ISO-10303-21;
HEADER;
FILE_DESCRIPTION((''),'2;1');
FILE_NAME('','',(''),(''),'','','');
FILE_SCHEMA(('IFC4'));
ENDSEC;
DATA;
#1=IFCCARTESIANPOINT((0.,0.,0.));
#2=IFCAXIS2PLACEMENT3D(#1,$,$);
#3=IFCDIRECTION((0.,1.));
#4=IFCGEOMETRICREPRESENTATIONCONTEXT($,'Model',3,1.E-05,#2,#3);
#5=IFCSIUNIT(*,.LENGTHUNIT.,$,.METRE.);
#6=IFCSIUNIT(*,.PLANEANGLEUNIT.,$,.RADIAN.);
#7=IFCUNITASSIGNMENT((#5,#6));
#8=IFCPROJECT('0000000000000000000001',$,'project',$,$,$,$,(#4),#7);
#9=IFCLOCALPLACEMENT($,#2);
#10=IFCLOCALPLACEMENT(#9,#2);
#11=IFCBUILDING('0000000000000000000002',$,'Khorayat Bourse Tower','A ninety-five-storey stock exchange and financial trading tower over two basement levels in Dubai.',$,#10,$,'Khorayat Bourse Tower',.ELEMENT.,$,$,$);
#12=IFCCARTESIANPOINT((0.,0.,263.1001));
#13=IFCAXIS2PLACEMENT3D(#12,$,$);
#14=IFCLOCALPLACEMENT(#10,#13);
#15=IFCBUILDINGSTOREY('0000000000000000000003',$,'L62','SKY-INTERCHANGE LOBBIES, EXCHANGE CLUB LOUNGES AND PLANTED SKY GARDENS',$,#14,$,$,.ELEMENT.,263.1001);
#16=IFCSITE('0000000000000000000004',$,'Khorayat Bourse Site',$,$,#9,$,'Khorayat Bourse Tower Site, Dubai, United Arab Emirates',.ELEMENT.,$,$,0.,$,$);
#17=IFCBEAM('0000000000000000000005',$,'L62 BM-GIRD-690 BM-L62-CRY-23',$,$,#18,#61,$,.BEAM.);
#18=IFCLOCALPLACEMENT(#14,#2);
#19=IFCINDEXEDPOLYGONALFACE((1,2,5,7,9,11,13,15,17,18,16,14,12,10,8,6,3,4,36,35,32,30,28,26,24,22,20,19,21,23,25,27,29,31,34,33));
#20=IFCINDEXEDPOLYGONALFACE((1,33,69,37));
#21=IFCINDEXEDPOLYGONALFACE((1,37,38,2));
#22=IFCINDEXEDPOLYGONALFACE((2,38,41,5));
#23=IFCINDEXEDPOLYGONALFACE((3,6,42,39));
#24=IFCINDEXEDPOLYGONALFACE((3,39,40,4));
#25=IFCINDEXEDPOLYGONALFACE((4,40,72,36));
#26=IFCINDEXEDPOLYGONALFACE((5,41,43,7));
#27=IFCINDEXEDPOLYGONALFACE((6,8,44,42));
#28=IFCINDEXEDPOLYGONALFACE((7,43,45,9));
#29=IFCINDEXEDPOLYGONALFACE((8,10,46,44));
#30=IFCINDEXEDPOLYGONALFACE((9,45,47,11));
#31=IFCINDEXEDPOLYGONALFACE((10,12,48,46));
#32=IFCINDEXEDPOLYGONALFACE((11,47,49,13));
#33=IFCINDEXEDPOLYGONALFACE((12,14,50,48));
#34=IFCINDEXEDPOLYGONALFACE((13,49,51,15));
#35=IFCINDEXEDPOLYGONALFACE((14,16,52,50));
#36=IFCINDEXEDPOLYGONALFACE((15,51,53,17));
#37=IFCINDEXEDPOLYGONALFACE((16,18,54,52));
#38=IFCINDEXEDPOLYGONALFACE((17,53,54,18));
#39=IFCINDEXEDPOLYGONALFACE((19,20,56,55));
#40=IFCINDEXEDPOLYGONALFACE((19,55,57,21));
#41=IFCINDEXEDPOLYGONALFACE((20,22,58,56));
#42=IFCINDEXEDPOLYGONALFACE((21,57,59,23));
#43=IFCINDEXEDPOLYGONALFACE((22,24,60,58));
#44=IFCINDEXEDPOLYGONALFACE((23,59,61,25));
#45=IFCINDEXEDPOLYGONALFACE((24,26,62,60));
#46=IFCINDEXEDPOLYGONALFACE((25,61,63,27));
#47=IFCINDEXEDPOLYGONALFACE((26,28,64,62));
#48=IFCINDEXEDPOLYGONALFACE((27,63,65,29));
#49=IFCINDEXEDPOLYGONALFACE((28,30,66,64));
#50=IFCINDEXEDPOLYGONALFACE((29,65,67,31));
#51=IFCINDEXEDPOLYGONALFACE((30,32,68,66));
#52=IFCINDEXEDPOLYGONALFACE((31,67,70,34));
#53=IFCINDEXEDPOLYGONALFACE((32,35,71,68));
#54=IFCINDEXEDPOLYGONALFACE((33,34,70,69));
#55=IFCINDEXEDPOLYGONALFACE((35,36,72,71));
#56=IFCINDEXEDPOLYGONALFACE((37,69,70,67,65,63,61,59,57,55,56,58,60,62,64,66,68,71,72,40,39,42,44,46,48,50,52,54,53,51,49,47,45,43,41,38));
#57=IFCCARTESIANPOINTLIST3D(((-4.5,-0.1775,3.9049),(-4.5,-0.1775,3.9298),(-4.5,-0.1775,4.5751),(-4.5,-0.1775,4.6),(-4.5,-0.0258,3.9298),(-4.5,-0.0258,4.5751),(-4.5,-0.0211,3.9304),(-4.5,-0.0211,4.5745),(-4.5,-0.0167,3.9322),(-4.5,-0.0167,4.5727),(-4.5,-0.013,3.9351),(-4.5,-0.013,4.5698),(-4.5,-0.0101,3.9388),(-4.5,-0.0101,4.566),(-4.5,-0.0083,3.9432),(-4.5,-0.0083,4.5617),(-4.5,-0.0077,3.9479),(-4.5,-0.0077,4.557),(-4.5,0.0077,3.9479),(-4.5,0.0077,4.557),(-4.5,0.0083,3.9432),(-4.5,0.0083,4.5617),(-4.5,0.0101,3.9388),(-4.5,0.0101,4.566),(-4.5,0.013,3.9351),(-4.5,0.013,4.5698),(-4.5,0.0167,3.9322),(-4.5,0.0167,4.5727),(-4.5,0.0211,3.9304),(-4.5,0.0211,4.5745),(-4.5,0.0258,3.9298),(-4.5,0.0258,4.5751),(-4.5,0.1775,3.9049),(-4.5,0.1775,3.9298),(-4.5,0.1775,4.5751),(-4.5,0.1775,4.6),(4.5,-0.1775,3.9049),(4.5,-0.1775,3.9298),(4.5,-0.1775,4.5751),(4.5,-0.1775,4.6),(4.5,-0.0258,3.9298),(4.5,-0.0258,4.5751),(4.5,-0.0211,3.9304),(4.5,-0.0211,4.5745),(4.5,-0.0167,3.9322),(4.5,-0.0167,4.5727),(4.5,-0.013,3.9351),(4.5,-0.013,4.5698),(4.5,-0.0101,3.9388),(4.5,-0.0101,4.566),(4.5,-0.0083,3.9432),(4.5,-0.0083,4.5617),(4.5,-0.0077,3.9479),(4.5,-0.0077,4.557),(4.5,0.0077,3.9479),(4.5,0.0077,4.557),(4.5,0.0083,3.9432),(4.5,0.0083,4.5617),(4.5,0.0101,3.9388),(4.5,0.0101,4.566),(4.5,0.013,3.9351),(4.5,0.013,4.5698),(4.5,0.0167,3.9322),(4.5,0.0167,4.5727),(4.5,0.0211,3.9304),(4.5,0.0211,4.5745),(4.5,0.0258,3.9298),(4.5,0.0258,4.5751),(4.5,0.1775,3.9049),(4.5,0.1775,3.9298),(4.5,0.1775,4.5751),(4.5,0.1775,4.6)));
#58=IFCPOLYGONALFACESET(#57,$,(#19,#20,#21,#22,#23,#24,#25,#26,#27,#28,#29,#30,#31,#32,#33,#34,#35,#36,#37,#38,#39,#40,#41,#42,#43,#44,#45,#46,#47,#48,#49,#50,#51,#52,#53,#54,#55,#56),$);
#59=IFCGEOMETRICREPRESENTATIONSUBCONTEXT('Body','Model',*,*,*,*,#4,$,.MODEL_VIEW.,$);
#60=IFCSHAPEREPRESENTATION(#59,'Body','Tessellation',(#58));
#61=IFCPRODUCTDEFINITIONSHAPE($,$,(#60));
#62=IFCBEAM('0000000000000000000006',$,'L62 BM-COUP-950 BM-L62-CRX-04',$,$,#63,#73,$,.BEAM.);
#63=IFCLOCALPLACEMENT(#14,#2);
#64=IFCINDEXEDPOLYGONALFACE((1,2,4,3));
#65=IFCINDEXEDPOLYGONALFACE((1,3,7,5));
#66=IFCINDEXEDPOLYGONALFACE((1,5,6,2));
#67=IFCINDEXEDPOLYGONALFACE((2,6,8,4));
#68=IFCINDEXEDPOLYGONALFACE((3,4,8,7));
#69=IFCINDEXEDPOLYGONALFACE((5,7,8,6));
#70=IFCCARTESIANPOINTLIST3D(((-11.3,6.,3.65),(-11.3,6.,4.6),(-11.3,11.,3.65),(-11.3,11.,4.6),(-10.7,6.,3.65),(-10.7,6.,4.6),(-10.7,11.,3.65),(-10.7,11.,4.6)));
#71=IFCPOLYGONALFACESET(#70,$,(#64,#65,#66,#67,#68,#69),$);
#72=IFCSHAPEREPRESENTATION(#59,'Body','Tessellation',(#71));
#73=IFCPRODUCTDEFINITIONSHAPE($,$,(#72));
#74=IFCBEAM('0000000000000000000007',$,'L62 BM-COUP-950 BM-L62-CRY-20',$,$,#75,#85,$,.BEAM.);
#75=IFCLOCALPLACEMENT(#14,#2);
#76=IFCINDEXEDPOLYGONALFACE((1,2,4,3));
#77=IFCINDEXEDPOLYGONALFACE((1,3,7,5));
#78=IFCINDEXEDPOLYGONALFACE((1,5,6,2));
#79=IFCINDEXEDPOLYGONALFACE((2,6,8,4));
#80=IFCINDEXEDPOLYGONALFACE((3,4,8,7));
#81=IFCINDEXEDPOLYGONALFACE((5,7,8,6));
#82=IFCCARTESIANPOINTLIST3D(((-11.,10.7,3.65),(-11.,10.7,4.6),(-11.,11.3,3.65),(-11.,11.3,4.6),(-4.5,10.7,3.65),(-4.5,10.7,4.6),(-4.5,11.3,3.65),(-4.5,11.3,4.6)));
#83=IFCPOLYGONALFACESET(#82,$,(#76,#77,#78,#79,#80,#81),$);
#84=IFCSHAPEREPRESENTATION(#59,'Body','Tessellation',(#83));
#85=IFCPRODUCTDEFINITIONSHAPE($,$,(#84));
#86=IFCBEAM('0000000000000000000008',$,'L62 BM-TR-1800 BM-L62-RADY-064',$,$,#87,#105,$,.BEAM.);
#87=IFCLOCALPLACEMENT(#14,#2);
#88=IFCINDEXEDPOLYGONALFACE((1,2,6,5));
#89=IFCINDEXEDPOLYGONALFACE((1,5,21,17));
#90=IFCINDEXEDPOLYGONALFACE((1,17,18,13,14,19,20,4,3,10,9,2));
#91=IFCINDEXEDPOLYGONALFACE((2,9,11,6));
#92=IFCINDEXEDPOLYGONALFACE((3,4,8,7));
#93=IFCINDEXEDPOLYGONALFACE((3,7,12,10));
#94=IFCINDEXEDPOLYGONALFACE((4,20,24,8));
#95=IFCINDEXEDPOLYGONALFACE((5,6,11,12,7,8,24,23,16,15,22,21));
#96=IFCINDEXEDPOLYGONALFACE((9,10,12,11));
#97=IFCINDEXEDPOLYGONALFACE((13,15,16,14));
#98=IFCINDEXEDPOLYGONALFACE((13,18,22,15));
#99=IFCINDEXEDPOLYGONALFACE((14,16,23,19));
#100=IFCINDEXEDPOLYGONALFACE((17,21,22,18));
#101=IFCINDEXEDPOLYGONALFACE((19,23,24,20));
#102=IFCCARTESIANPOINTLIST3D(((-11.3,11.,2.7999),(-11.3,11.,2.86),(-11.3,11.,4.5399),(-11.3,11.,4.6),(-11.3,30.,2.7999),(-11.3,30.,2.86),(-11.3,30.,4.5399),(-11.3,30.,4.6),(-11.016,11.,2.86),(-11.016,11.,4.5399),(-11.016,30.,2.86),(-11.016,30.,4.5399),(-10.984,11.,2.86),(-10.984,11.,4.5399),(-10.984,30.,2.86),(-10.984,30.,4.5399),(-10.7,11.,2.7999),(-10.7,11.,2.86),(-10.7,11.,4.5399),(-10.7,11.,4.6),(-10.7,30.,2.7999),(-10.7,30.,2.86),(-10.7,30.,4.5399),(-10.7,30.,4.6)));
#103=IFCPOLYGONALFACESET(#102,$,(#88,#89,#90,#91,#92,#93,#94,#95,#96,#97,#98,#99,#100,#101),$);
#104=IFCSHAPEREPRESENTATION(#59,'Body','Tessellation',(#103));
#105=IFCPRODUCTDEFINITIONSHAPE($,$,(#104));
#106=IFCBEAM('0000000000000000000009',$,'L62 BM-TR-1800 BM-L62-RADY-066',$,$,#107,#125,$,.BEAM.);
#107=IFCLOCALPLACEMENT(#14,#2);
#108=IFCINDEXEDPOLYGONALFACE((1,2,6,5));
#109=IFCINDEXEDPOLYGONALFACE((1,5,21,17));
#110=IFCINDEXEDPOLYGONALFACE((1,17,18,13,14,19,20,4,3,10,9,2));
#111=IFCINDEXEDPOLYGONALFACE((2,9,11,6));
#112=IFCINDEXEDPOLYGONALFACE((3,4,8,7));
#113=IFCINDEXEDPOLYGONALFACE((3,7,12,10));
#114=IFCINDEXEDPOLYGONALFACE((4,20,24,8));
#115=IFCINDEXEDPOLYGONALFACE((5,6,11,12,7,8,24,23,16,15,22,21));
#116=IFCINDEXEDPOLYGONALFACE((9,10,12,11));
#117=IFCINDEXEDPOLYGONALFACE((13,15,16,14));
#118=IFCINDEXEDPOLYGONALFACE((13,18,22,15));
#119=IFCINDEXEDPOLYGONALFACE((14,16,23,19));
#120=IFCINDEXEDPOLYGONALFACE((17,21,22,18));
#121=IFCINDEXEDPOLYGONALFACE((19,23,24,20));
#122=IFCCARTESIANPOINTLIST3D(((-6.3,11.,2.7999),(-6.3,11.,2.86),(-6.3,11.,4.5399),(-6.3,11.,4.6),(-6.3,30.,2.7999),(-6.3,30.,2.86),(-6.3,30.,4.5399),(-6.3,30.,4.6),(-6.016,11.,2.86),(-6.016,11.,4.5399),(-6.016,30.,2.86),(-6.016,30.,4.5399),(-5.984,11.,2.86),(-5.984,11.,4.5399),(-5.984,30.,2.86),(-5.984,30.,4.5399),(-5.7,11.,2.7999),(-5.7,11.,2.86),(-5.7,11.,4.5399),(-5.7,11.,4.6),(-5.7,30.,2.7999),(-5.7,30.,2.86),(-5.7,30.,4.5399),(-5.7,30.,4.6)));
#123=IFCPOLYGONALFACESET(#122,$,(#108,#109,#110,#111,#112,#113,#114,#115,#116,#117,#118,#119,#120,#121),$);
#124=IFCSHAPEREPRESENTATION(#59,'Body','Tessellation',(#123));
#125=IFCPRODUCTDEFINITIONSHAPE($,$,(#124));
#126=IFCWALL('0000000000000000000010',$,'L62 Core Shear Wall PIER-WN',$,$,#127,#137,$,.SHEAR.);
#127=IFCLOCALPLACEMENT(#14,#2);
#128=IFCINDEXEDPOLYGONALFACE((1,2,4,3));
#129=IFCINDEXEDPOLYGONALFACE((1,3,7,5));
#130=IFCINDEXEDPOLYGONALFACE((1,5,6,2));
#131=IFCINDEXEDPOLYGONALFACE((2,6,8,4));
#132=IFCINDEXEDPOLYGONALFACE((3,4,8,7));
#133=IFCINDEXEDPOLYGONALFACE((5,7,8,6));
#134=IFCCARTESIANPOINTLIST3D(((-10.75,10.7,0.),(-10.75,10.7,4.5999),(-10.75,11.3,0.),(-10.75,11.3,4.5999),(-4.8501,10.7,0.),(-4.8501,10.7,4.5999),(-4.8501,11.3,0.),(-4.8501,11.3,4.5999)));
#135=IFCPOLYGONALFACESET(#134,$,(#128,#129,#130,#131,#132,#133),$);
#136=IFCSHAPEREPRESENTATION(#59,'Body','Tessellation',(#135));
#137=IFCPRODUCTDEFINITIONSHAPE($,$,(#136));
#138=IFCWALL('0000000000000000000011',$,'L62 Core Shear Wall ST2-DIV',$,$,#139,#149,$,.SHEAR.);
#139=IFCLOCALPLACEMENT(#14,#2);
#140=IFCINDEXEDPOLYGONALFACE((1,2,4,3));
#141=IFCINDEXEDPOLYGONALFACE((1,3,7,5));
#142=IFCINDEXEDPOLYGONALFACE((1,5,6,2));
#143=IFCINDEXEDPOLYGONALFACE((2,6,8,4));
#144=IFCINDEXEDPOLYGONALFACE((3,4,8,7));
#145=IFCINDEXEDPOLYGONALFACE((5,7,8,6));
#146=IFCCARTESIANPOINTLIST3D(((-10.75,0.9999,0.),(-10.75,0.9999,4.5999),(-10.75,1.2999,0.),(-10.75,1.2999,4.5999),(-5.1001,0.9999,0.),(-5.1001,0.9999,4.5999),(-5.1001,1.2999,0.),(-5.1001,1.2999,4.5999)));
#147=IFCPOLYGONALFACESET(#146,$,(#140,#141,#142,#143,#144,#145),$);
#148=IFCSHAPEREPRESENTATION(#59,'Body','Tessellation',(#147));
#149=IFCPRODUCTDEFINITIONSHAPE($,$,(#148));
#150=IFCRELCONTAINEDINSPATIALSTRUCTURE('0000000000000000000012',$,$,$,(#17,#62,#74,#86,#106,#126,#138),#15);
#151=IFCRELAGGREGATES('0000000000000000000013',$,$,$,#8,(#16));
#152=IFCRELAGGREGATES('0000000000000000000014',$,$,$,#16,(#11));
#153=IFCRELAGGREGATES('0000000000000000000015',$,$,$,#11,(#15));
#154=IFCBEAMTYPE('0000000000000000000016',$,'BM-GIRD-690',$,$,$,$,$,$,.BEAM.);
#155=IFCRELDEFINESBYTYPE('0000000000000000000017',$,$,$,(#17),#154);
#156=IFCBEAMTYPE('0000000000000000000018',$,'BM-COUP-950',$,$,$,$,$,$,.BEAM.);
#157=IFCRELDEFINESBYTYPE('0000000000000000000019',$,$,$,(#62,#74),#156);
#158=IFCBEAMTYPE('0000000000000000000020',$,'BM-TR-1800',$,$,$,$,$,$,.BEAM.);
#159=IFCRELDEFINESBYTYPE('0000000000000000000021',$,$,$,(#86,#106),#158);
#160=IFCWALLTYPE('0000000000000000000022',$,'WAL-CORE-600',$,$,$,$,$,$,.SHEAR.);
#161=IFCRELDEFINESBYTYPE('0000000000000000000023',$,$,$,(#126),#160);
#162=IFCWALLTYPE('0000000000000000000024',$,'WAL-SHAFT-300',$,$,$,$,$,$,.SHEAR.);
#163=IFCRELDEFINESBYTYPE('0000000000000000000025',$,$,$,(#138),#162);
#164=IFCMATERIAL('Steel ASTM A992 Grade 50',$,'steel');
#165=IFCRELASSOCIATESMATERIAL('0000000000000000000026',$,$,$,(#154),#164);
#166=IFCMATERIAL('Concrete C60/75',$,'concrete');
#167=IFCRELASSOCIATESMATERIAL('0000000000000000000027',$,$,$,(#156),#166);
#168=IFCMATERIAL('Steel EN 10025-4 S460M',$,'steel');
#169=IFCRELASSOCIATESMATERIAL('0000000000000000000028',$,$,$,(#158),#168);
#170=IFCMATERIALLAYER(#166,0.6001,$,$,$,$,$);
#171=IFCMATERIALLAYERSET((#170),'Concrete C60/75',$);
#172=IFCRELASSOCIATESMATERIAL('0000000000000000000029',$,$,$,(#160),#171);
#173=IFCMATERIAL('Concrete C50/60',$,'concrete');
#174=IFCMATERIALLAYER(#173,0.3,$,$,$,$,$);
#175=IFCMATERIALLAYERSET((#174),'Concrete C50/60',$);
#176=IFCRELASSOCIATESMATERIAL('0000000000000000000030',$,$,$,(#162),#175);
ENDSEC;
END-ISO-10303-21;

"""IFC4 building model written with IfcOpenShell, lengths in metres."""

from ifc_helpers import new_model, si_unit, direction, frame, frame_2d, origin, origin_2d, place, context, subcontext, project, spatial, rectangle, i_section, extrude, source, transform, mapped, material, layer, layer_set, material_profile, profile_set, type_object, element, save


model = new_model("IFC4")

# Units and contexts
model_context = context("Model", 3, precision=1e-05, world=origin(), true_north=direction((0.0, 1.0)))
body_context = subcontext(model_context, "Body", "Model", "MODEL_VIEW")
ifc_project = project(units=[si_unit("LENGTHUNIT", "METRE"), si_unit("PLANEANGLEUNIT", "RADIAN")], contexts=[model_context])

# Site, building, storey
site_placement = place(None, origin())
site = spatial("IfcSite", under=ifc_project, at=site_placement, Name="Khorayat Bourse Site", LongName="Khorayat Bourse Tower Site, Dubai, United Arab Emirates", CompositionType="ELEMENT", RefElevation=0.0)
building_placement = place(site_placement, origin())
building = spatial("IfcBuilding", under=site, at=building_placement, Name="Khorayat Bourse Tower", Description="A ninety-five-storey stock exchange and financial trading tower over two basement levels in Dubai.", LongName="Khorayat Bourse Tower", CompositionType="ELEMENT")
storey_placement = place(building_placement, frame((0.0, 0.0, 263.1001)))
storey = spatial("IfcBuildingStorey", under=building, at=storey_placement, Name="L62", Description="SKY-INTERCHANGE LOBBIES, EXCHANGE CLUB LOUNGES AND PLANTED SKY GARDENS", CompositionType="ELEMENT", Elevation=263.1001)

# Shared definitions
ifc_material_1 = material(Name="Concrete C60/75", Category="concrete")

# Beams
ifc_material_2 = material(Name="Steel ASTM A992 Grade 50", Category="steel")
ifc_material_profile_1 = material_profile(ifc_material_2, i_section(OverallWidth=0.355, OverallDepth=0.6951, WebThickness=0.0154, FlangeThickness=0.0249, FilletRadius=0.0181, at=origin_2d()), Name="W690X217")
ifc_profile_set_1 = profile_set([ifc_material_profile_1], Name="Steel ASTM A992 Grade 50")
beam_type_1 = type_object("IfcBeamType", Name="BM-GIRD-690", PredefinedType="BEAM", material=ifc_profile_set_1)
shared_shape_1 = source(origin(), body_context, "Body", "SweptSolid", [
    extrude(i_section(OverallWidth=0.355, OverallDepth=0.6951, WebThickness=0.0154, FlangeThickness=0.0249, FilletRadius=0.0181, at=origin_2d()), origin(), (0.0, 0.0, 1.0), 9.0),
])
beam_1_placement = place(storey_placement, frame((-4.5, 0.0, 4.2524), z_axis=(1.0, 0.0, 0.0), x_axis=(0.0, 1.0, 0.0)))
element("IfcBeam", 1, at=beam_1_placement, inside=storey, type_object=beam_type_1, Name="L62 BM-GIRD-690 BM-L62-CRY-23", PredefinedType="BEAM", context=body_context, shape_type="MappedRepresentation", body=[
    mapped(shared_shape_1, transform((0.0, 0.0, 0.0), scale=1.0)),
])
ifc_material_profile_2 = material_profile(ifc_material_1, rectangle(XDim=0.6001, YDim=0.95, at=origin_2d()), Name="RC 600x950")
ifc_profile_set_2 = profile_set([ifc_material_profile_2], Name="Concrete C60/75")
beam_type_2 = type_object("IfcBeamType", Name="BM-COUP-950", PredefinedType="BEAM", material=ifc_profile_set_2)
shared_shape_2 = source(origin(), body_context, "Body", "SweptSolid", [
    extrude(rectangle(XDim=0.6001, YDim=0.95, at=origin_2d()), origin(), (0.0, 0.0, 1.0), 5.0),
])
beam_2_placement = place(storey_placement, frame((-11.0, 6.0, 4.125), z_axis=(0.0, 1.0, 0.0), x_axis=(-1.0, 0.0, 0.0)))
element("IfcBeam", 2, at=beam_2_placement, inside=storey, type_object=beam_type_2, Name="L62 BM-COUP-950 BM-L62-CRX-04", PredefinedType="BEAM", context=body_context, shape_type="MappedRepresentation", body=[
    mapped(shared_shape_2, transform((0.0, 0.0, 0.0), scale=1.0)),
])
shared_shape_3 = source(origin(), body_context, "Body", "SweptSolid", [
    extrude(rectangle(XDim=0.6001, YDim=0.95, at=origin_2d()), origin(), (0.0, 0.0, 1.0), 6.5),
])
beam_3_placement = place(storey_placement, frame((-11.0, 11.0, 4.125), z_axis=(1.0, 0.0, 0.0), x_axis=(0.0, 1.0, 0.0)))
element("IfcBeam", 3, at=beam_3_placement, inside=storey, type_object=beam_type_2, Name="L62 BM-COUP-950 BM-L62-CRY-20", PredefinedType="BEAM", context=body_context, shape_type="MappedRepresentation", body=[
    mapped(shared_shape_3, transform((0.0, 0.0, 0.0), scale=1.0)),
])
ifc_material_3 = material(Name="Steel EN 10025-4 S460M", Category="steel")
ifc_material_profile_3 = material_profile(ifc_material_3, i_section(OverallWidth=0.6001, OverallDepth=1.8, WebThickness=0.032, FlangeThickness=0.0601, at=origin_2d()), Name="PG 1800x600x32x60")
ifc_profile_set_3 = profile_set([ifc_material_profile_3], Name="Steel EN 10025-4 S460M")
beam_type_3 = type_object("IfcBeamType", Name="BM-TR-1800", PredefinedType="BEAM", material=ifc_profile_set_3)
shared_shape_4 = source(origin(), body_context, "Body", "SweptSolid", [
    extrude(i_section(OverallWidth=0.6001, OverallDepth=1.8, WebThickness=0.032, FlangeThickness=0.0601, at=origin_2d()), origin(), (0.0, 0.0, 1.0), 19.0),
])
for number, where, z_axis, x_axis, name in (
    (4, (-11.0, 11.0, 3.7), (0.0, 1.0, 0.0), (-1.0, 0.0, 0.0), "L62 BM-TR-1800 BM-L62-RADY-064"),
    (5, (-6.0, 11.0, 3.7), (0.0, 1.0, 0.0), (-1.0, 0.0, 0.0), "L62 BM-TR-1800 BM-L62-RADY-066"),
):
    element("IfcBeam", number, at=place(storey_placement, frame(where, z_axis=z_axis, x_axis=x_axis)), inside=storey, type_object=beam_type_3, Name=name, PredefinedType="BEAM", context=body_context, shape_type="MappedRepresentation", body=[
        mapped(shared_shape_4, transform((0.0, 0.0, 0.0), scale=1.0)),
    ])

# Walls
ifc_layer_1 = layer(ifc_material_1, 0.6001)
ifc_layer_set_1 = layer_set([ifc_layer_1], Name="Concrete C60/75")
wall_type_1 = type_object("IfcWallType", Name="WAL-CORE-600", PredefinedType="SHEAR", material=ifc_layer_set_1)
shared_shape_5 = source(origin(), body_context, "Body", "SweptSolid", [
    extrude(rectangle(XDim=5.8999, YDim=0.6001, at=frame_2d((2.95, 0.0))), origin(), (0.0, 0.0, 1.0), 4.5999),
])
wall_1_placement = place(storey_placement, frame((-10.75, 11.0, 0.0), z_axis=(0.0, 0.0, 1.0), x_axis=(1.0, 0.0, 0.0)))
element("IfcWall", 6, at=wall_1_placement, inside=storey, type_object=wall_type_1, Name="L62 Core Shear Wall PIER-WN", PredefinedType="SHEAR", context=body_context, shape_type="MappedRepresentation", body=[
    mapped(shared_shape_5, transform((0.0, 0.0, 0.0), scale=1.0)),
])
ifc_material_4 = material(Name="Concrete C50/60", Category="concrete")
ifc_layer_2 = layer(ifc_material_4, 0.3)
ifc_layer_set_2 = layer_set([ifc_layer_2], Name="Concrete C50/60")
wall_type_2 = type_object("IfcWallType", Name="WAL-SHAFT-300", PredefinedType="SHEAR", material=ifc_layer_set_2)
shared_shape_6 = source(origin(), body_context, "Body", "SweptSolid", [
    extrude(rectangle(XDim=5.6499, YDim=0.3, at=frame_2d((2.825, 0.0))), origin(), (0.0, 0.0, 1.0), 4.5999),
])
wall_2_placement = place(storey_placement, frame((-10.75, 1.1499, 0.0), z_axis=(0.0, 0.0, 1.0), x_axis=(1.0, 0.0, 0.0)))
element("IfcWall", 7, at=wall_2_placement, inside=storey, type_object=wall_type_2, Name="L62 Core Shear Wall ST2-DIV", PredefinedType="SHEAR", context=body_context, shape_type="MappedRepresentation", body=[
    mapped(shared_shape_6, transform((0.0, 0.0, 0.0), scale=1.0)),
])

save(model, "model.ifc")
